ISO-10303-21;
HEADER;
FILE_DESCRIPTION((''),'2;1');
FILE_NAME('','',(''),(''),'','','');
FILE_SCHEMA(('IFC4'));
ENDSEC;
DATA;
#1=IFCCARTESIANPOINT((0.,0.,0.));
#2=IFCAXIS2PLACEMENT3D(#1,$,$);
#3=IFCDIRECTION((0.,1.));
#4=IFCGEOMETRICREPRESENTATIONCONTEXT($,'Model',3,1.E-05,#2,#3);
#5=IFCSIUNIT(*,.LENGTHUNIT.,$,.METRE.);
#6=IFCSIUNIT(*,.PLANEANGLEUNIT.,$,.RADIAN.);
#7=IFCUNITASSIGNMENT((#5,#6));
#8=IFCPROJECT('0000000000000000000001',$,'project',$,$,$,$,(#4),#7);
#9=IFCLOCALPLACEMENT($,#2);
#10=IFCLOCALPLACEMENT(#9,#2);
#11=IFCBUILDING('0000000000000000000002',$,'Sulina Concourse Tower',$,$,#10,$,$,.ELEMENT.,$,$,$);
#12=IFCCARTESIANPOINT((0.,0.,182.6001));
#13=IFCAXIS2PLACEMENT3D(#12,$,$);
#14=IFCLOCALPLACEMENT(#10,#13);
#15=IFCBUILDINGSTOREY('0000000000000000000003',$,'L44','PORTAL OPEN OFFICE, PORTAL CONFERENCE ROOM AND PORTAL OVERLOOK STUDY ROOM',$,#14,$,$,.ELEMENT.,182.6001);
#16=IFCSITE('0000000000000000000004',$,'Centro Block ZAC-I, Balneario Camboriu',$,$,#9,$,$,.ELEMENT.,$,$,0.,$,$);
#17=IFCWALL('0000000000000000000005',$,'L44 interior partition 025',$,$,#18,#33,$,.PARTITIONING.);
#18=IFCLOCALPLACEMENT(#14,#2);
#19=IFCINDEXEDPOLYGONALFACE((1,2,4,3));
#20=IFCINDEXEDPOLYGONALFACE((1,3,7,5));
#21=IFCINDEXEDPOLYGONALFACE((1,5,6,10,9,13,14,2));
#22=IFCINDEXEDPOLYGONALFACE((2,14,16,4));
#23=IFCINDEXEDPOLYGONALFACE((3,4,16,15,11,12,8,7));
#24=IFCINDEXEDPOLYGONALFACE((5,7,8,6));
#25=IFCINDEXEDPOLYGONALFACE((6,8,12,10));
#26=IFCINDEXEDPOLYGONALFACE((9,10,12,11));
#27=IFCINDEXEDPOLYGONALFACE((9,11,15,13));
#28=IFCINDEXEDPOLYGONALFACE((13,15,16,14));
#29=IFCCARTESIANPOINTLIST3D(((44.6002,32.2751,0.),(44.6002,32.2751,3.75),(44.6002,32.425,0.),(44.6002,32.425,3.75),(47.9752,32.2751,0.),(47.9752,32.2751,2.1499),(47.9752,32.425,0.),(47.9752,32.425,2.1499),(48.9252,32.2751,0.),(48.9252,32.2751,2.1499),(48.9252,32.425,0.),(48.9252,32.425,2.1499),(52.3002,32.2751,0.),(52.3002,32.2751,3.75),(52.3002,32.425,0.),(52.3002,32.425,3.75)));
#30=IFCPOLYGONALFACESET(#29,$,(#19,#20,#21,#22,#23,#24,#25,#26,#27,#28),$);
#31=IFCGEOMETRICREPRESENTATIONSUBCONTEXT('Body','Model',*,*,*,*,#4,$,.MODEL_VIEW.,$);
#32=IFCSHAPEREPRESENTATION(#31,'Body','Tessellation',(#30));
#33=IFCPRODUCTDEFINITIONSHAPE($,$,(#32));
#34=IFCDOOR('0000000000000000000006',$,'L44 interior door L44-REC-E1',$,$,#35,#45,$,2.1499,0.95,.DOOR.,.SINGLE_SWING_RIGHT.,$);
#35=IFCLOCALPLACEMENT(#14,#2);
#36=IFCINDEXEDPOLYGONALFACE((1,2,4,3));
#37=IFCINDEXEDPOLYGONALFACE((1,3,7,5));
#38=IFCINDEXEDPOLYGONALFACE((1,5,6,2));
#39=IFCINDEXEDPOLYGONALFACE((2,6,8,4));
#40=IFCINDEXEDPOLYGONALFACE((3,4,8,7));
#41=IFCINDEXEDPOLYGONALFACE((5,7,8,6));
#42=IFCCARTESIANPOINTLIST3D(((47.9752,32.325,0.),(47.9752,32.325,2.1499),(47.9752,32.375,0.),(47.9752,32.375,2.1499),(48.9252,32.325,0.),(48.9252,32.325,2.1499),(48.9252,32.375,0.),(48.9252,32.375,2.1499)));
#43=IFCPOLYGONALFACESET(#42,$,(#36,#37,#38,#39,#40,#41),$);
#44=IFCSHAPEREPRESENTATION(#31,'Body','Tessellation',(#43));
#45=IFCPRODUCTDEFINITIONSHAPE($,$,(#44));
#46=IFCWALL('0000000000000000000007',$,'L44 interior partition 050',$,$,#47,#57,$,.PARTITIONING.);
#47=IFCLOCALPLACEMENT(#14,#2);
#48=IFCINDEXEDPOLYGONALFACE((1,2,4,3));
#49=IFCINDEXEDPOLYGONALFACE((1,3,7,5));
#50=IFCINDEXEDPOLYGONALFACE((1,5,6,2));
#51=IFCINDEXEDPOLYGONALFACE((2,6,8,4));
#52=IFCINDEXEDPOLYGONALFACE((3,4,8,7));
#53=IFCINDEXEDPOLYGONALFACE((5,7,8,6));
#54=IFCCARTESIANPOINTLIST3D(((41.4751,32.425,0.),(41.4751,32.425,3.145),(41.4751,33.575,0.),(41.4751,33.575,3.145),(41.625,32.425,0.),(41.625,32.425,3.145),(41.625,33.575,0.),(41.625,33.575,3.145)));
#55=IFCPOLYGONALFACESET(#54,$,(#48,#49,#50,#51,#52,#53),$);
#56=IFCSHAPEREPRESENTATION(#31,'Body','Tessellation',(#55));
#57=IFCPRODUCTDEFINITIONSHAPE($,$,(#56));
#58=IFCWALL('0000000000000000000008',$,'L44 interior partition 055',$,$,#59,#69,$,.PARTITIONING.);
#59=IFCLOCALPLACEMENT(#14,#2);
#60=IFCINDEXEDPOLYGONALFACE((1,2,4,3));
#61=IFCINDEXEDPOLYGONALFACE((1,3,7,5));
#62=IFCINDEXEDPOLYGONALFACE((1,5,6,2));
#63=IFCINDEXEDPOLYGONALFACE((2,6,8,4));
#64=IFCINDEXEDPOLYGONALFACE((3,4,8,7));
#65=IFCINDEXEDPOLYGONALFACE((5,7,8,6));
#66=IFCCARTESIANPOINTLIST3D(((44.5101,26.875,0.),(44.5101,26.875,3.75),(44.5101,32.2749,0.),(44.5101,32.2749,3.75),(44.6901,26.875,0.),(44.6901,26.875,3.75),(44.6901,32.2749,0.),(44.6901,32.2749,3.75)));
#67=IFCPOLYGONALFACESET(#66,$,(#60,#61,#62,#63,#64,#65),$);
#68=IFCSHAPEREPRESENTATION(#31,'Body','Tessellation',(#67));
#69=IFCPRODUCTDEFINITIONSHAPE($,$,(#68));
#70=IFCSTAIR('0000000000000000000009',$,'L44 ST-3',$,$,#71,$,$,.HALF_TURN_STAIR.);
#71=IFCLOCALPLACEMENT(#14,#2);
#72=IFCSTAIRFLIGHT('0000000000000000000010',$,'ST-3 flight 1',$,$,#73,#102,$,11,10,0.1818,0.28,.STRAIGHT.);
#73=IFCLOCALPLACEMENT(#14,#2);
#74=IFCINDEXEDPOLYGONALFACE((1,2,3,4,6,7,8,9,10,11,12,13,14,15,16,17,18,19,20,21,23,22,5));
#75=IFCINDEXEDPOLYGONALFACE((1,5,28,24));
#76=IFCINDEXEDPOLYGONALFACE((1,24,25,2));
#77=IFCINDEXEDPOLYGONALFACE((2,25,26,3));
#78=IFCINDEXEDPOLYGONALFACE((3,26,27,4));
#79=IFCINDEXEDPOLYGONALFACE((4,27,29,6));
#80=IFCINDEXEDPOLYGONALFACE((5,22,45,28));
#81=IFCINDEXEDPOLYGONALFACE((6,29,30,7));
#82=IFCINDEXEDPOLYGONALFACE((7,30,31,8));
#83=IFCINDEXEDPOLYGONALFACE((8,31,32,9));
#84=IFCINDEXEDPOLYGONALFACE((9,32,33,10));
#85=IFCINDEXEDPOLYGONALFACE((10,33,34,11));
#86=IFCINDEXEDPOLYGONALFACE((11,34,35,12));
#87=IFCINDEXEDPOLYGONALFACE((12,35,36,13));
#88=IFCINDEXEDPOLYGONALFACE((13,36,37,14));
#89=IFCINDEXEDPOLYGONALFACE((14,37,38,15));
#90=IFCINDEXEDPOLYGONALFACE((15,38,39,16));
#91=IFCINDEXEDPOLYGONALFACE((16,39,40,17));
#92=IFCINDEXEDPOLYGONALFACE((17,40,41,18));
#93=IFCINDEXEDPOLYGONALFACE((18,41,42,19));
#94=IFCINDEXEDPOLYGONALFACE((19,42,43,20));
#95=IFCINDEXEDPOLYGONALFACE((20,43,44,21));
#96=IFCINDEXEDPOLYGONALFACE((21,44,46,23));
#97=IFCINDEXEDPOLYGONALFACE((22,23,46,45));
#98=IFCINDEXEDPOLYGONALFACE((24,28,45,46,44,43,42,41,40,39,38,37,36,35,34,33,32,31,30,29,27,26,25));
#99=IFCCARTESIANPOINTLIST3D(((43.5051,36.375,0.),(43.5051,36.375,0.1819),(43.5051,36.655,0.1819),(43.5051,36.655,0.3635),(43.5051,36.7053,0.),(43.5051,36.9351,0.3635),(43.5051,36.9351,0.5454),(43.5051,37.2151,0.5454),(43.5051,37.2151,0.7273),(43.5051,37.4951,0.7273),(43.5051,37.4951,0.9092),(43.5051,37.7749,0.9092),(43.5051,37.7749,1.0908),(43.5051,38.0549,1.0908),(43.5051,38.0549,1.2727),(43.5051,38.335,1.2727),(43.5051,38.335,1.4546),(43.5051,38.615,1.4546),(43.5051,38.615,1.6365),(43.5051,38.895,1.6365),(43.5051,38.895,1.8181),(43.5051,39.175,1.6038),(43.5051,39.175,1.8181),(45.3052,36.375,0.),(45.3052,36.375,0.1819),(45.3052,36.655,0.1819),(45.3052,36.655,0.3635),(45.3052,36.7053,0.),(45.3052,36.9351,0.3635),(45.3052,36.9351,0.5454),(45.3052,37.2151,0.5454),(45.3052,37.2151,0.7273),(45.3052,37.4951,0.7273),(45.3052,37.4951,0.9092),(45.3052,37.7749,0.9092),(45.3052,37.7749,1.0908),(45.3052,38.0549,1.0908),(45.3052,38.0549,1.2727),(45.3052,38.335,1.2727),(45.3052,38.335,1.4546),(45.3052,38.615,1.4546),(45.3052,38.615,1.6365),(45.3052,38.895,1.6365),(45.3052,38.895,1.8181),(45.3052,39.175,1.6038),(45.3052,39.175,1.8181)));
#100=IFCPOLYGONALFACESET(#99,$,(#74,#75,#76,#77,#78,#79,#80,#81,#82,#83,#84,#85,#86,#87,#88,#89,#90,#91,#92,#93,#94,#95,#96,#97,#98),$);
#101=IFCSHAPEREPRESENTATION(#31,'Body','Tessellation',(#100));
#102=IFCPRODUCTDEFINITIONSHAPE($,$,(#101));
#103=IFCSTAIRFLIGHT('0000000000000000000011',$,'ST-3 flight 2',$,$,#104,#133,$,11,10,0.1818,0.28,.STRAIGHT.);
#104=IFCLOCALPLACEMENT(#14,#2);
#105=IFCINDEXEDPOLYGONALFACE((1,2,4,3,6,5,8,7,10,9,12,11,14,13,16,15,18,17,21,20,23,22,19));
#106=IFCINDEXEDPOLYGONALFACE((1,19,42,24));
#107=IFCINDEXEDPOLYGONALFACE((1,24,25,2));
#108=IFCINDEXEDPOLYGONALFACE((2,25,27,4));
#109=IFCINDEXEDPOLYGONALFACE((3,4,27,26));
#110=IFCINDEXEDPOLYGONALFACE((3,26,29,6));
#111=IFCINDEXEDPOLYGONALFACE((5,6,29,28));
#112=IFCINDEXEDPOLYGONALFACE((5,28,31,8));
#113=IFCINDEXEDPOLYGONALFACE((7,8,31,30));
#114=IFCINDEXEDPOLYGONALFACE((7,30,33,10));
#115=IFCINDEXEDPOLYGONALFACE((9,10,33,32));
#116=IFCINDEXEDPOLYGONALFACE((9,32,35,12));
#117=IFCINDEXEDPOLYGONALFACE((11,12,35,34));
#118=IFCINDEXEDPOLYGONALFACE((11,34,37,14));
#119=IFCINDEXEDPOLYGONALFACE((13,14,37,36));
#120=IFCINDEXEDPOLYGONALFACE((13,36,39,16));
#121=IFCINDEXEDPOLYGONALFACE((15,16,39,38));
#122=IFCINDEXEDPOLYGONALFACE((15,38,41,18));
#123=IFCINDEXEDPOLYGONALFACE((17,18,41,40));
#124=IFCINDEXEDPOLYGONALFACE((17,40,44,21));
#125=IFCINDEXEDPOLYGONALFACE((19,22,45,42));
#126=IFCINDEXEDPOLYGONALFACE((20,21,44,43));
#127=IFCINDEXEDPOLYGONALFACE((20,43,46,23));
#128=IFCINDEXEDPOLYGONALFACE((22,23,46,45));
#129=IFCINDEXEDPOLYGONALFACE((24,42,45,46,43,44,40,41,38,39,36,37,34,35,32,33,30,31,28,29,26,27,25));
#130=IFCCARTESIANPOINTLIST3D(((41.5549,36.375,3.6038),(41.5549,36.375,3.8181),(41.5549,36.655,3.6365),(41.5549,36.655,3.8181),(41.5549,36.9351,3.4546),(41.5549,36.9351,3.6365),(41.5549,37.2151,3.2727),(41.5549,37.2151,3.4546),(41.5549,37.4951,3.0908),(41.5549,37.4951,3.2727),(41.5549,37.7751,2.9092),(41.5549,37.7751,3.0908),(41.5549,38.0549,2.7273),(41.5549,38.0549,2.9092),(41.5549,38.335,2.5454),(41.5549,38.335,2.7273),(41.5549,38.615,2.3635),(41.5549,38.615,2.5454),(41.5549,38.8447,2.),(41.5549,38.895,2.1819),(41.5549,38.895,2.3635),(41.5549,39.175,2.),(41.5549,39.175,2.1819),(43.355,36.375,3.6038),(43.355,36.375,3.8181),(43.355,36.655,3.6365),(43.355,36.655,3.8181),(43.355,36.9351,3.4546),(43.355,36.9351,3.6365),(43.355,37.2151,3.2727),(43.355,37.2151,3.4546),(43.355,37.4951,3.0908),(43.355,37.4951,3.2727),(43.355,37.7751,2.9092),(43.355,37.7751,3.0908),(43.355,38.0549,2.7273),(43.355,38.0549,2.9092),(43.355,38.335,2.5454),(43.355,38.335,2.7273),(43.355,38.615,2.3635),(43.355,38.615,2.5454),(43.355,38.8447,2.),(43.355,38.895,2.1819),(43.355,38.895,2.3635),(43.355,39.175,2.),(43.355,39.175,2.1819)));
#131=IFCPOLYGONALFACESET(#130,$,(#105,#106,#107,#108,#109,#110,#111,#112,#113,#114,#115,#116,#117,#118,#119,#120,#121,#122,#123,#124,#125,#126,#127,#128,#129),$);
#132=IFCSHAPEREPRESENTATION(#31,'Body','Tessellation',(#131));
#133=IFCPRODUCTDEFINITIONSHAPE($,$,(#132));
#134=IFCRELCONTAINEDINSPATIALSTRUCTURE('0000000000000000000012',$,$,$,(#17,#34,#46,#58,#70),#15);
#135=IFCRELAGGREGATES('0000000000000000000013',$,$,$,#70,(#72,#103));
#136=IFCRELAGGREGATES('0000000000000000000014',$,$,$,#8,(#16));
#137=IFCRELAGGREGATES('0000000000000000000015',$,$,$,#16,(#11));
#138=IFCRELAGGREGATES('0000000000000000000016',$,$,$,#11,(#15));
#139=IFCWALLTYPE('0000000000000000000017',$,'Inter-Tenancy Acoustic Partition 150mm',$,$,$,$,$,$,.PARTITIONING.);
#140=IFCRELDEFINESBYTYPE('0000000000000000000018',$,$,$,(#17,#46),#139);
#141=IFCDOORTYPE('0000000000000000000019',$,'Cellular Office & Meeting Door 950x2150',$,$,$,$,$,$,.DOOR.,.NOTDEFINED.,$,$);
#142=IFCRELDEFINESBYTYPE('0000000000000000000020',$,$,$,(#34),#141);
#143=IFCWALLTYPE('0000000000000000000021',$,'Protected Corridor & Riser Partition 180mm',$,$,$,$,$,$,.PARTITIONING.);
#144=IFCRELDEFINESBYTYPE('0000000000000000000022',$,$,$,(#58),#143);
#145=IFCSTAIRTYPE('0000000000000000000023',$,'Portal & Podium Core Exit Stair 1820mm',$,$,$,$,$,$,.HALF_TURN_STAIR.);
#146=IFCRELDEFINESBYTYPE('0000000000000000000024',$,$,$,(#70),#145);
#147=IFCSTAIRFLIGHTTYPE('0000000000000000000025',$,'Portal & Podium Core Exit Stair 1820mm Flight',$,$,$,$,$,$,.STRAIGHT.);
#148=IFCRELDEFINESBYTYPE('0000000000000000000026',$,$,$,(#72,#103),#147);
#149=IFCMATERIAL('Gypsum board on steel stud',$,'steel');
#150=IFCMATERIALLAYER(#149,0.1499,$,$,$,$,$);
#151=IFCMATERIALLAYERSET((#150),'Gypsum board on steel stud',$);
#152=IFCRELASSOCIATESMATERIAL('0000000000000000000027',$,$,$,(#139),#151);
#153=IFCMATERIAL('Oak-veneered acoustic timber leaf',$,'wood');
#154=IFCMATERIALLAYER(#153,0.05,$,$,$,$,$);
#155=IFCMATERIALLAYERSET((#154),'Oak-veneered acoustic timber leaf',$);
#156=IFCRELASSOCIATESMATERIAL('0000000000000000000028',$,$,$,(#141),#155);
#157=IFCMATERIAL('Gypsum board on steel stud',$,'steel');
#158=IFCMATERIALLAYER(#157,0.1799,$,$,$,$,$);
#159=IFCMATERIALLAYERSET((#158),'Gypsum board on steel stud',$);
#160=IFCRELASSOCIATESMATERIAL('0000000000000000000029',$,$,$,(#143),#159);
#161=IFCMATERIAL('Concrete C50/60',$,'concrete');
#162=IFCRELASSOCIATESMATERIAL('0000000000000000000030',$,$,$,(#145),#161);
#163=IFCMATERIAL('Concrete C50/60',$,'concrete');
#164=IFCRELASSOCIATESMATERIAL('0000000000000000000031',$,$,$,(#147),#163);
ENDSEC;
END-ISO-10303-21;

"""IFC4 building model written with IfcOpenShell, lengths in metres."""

from ifc_helpers import new_model, si_unit, direction, frame, frame_2d, origin, place, context, subcontext, project, spatial, polyline, rectangle, outline, extrude, material, layer, layer_set, type_object, element, fill, aggregate, save


model = new_model("IFC4")

# Units and contexts
model_context = context("Model", 3, precision=1e-05, world=origin(), true_north=direction((0.0, 1.0)))
body_context = subcontext(model_context, "Body", "Model", "MODEL_VIEW")
ifc_project = project(units=[si_unit("LENGTHUNIT", "METRE"), si_unit("PLANEANGLEUNIT", "RADIAN")], contexts=[model_context])

# Site, building, storey
site_placement = place(None, origin())
site = spatial("IfcSite", under=ifc_project, at=site_placement, Name="Centro Block ZAC-I, Balneario Camboriu", CompositionType="ELEMENT", RefElevation=0.0)
building_placement = place(site_placement, origin())
building = spatial("IfcBuilding", under=site, at=building_placement, Name="Sulina Concourse Tower", CompositionType="ELEMENT")
storey_placement = place(building_placement, frame((0.0, 0.0, 182.6001)))
storey = spatial("IfcBuildingStorey", under=building, at=storey_placement, Name="L44", Description="PORTAL OPEN OFFICE, PORTAL CONFERENCE ROOM AND PORTAL OVERLOOK STUDY ROOM", CompositionType="ELEMENT", Elevation=182.6001)

# Shared definitions
ifc_material_1 = material(Name="Gypsum board on steel stud", Category="steel")
ifc_layer_1 = layer(ifc_material_1, 0.1499)
ifc_layer_set_1 = layer_set([ifc_layer_1], Name="Gypsum board on steel stud")
wall_type_1 = type_object("IfcWallType", Name="Inter-Tenancy Acoustic Partition 150mm", PredefinedType="PARTITIONING", material=ifc_layer_set_1)

# Wall, opening, door
wall_1_placement = place(storey_placement, frame((44.6001, 32.3501, 0.0), z_axis=(0.0, 0.0, 1.0), x_axis=(1.0, 0.0, 0.0)))
wall_1 = element("IfcWall", 1, at=wall_1_placement, inside=storey, type_object=wall_type_1, Name="L44 interior partition 025", PredefinedType="PARTITIONING", context=body_context, shape_type="SweptSolid", body=[
    extrude(rectangle(XDim=7.7, YDim=0.1499, at=frame_2d((3.8501, 0.0))), origin(), (0.0, 0.0, 1.0), 3.75),
])
opening_placement = place(wall_1_placement, frame((3.375, 0.0, 0.0)))
opening = element("IfcOpeningElement", 2, at=opening_placement, cuts=wall_1, PredefinedType="OPENING", context=body_context, shape_type="SweptSolid", body=[
    extrude(rectangle(XDim=0.95, YDim=2.1499, at=frame_2d((0.4751, 1.075))), frame((0.0, 0.085, 0.0), z_axis=(0.0, -1.0, 0.0), x_axis=(1.0, 0.0, 0.0)), (0.0, 0.0, 1.0), 0.1699),
])
ifc_material_2 = material(Name="Oak-veneered acoustic timber leaf", Category="wood")
ifc_layer_2 = layer(ifc_material_2, 0.05)
ifc_layer_set_2 = layer_set([ifc_layer_2], Name="Oak-veneered acoustic timber leaf")
door_type = type_object("IfcDoorType", Name="Cellular Office & Meeting Door 950x2150", OperationType="NOTDEFINED", PredefinedType="DOOR", material=ifc_layer_set_2)
door_placement = place(opening_placement, origin())
door = element("IfcDoor", 3, at=door_placement, inside=storey, type_object=door_type, Name="L44 interior door L44-REC-E1", OperationType="SINGLE_SWING_RIGHT", OverallHeight=2.1499, OverallWidth=0.95, PredefinedType="DOOR", context=body_context, shape_type="SweptSolid", body=[
    extrude(rectangle(XDim=0.95, YDim=2.1499, at=frame_2d((0.4751, 1.075))), frame((0.0, 0.0249, 0.0), z_axis=(0.0, -1.0, 0.0), x_axis=(1.0, 0.0, 0.0)), (0.0, 0.0, 1.0), 0.05),
])
fill(opening, door)

# Walls
wall_2_placement = place(storey_placement, frame((41.55, 32.425, 0.0), z_axis=(0.0, 0.0, 1.0), x_axis=(0.0, 1.0, 0.0)))
element("IfcWall", 4, at=wall_2_placement, inside=storey, type_object=wall_type_1, Name="L44 interior partition 050", PredefinedType="PARTITIONING", context=body_context, shape_type="SweptSolid", body=[
    extrude(rectangle(XDim=1.1499, YDim=0.1499, at=frame_2d((0.575, 0.0))), origin(), (0.0, 0.0, 1.0), 3.145),
])
ifc_material_3 = material(Name="Gypsum board on steel stud", Category="steel")
ifc_layer_3 = layer(ifc_material_3, 0.1799)
ifc_layer_set_3 = layer_set([ifc_layer_3], Name="Gypsum board on steel stud")
wall_type_2 = type_object("IfcWallType", Name="Protected Corridor & Riser Partition 180mm", PredefinedType="PARTITIONING", material=ifc_layer_set_3)
wall_3_placement = place(storey_placement, frame((44.6001, 26.875, 0.0), z_axis=(0.0, 0.0, 1.0), x_axis=(0.0, 1.0, 0.0)))
element("IfcWall", 5, at=wall_3_placement, inside=storey, type_object=wall_type_2, Name="L44 interior partition 055", PredefinedType="PARTITIONING", context=body_context, shape_type="SweptSolid", body=[
    extrude(rectangle(XDim=5.3999, YDim=0.1799, at=frame_2d((2.7, 0.0))), origin(), (0.0, 0.0, 1.0), 3.75),
])

# Stair, stair flights
ifc_material_4 = material(Name="Concrete C50/60", Category="concrete")
stair_type = type_object("IfcStairType", Name="Portal & Podium Core Exit Stair 1820mm", PredefinedType="HALF_TURN_STAIR", material=ifc_material_4)
stair_placement = place(storey_placement, origin())
stair = element("IfcStair", 6, at=stair_placement, inside=storey, type_object=stair_type, Name="L44 ST-3", PredefinedType="HALF_TURN_STAIR")
ifc_material_5 = material(Name="Concrete C50/60", Category="concrete")
stair_flight_type = type_object("IfcStairFlightType", Name="Portal & Podium Core Exit Stair 1820mm Flight", PredefinedType="STRAIGHT", material=ifc_material_5)
stair_flight_1_placement = place(storey_placement, frame((44.405, 36.375, 0.0), z_axis=(0.0, 0.0, 1.0), x_axis=(0.0, 1.0, 0.0)))
stair_flight_1 = element("IfcStairFlight", 7, at=stair_flight_1_placement, type_object=stair_flight_type, Name="ST-3 flight 1", NumberOfRisers=11, NumberOfTreads=10, PredefinedType="STRAIGHT", RiserHeight=0.1818, TreadLength=0.28, context=body_context, shape_type="SweptSolid", body=[
    extrude(outline(polyline([(0.0, 0.0), (0.0, 0.1819), (0.28, 0.1819), (0.28, 0.3635), (0.5601, 0.3635), (0.5601, 0.5454), (0.8401, 0.5454), (0.8401, 0.7273), (1.1201, 0.7273), (1.1201, 0.9092), (1.3999, 0.9092), (1.3999, 1.0908), (1.6799, 1.0908), (1.6799, 1.2727), (1.96, 1.2727), (1.96, 1.4546), (2.24, 1.4546), (2.24, 1.6365), (2.52, 1.6365), (2.52, 1.8181), (2.8, 1.8181), (2.8, 2.0), (2.8, 1.6038), (0.3303, 0.0), (0.0, 0.0)])), frame((0.0, 0.8999, 0.0), z_axis=(0.0, -1.0, 0.0), x_axis=(1.0, 0.0, 0.0)), (0.0, 0.0, 1.0), 1.8),
])
stair_flight_2_placement = place(storey_placement, frame((42.4551, 39.175, 2.0), z_axis=(0.0, 0.0, 1.0), x_axis=(0.0, -1.0, 0.0)))
stair_flight_2 = element("IfcStairFlight", 8, at=stair_flight_2_placement, type_object=stair_flight_type, Name="ST-3 flight 2", NumberOfRisers=11, NumberOfTreads=10, PredefinedType="STRAIGHT", RiserHeight=0.1818, TreadLength=0.28, context=body_context, shape_type="SweptSolid", body=[
    extrude(outline(polyline([(0.0, 0.0), (0.0, 0.1819), (0.28, 0.1819), (0.28, 0.3635), (0.5601, 0.3635), (0.5601, 0.5454), (0.8401, 0.5454), (0.8401, 0.7273), (1.1201, 0.7273), (1.1201, 0.9092), (1.3999, 0.9092), (1.3999, 1.0908), (1.6799, 1.0908), (1.6799, 1.2727), (1.96, 1.2727), (1.96, 1.4546), (2.24, 1.4546), (2.24, 1.6365), (2.52, 1.6365), (2.52, 1.8181), (2.8, 1.8181), (2.8, 2.0), (2.8, 1.6038), (0.3303, 0.0), (0.0, 0.0)])), frame((0.0, 0.8999, 0.0), z_axis=(0.0, -1.0, 0.0), x_axis=(1.0, 0.0, 0.0)), (0.0, 0.0, 1.0), 1.8),
])
aggregate(stair, [stair_flight_1, stair_flight_2])

save(model, "model.ifc")
